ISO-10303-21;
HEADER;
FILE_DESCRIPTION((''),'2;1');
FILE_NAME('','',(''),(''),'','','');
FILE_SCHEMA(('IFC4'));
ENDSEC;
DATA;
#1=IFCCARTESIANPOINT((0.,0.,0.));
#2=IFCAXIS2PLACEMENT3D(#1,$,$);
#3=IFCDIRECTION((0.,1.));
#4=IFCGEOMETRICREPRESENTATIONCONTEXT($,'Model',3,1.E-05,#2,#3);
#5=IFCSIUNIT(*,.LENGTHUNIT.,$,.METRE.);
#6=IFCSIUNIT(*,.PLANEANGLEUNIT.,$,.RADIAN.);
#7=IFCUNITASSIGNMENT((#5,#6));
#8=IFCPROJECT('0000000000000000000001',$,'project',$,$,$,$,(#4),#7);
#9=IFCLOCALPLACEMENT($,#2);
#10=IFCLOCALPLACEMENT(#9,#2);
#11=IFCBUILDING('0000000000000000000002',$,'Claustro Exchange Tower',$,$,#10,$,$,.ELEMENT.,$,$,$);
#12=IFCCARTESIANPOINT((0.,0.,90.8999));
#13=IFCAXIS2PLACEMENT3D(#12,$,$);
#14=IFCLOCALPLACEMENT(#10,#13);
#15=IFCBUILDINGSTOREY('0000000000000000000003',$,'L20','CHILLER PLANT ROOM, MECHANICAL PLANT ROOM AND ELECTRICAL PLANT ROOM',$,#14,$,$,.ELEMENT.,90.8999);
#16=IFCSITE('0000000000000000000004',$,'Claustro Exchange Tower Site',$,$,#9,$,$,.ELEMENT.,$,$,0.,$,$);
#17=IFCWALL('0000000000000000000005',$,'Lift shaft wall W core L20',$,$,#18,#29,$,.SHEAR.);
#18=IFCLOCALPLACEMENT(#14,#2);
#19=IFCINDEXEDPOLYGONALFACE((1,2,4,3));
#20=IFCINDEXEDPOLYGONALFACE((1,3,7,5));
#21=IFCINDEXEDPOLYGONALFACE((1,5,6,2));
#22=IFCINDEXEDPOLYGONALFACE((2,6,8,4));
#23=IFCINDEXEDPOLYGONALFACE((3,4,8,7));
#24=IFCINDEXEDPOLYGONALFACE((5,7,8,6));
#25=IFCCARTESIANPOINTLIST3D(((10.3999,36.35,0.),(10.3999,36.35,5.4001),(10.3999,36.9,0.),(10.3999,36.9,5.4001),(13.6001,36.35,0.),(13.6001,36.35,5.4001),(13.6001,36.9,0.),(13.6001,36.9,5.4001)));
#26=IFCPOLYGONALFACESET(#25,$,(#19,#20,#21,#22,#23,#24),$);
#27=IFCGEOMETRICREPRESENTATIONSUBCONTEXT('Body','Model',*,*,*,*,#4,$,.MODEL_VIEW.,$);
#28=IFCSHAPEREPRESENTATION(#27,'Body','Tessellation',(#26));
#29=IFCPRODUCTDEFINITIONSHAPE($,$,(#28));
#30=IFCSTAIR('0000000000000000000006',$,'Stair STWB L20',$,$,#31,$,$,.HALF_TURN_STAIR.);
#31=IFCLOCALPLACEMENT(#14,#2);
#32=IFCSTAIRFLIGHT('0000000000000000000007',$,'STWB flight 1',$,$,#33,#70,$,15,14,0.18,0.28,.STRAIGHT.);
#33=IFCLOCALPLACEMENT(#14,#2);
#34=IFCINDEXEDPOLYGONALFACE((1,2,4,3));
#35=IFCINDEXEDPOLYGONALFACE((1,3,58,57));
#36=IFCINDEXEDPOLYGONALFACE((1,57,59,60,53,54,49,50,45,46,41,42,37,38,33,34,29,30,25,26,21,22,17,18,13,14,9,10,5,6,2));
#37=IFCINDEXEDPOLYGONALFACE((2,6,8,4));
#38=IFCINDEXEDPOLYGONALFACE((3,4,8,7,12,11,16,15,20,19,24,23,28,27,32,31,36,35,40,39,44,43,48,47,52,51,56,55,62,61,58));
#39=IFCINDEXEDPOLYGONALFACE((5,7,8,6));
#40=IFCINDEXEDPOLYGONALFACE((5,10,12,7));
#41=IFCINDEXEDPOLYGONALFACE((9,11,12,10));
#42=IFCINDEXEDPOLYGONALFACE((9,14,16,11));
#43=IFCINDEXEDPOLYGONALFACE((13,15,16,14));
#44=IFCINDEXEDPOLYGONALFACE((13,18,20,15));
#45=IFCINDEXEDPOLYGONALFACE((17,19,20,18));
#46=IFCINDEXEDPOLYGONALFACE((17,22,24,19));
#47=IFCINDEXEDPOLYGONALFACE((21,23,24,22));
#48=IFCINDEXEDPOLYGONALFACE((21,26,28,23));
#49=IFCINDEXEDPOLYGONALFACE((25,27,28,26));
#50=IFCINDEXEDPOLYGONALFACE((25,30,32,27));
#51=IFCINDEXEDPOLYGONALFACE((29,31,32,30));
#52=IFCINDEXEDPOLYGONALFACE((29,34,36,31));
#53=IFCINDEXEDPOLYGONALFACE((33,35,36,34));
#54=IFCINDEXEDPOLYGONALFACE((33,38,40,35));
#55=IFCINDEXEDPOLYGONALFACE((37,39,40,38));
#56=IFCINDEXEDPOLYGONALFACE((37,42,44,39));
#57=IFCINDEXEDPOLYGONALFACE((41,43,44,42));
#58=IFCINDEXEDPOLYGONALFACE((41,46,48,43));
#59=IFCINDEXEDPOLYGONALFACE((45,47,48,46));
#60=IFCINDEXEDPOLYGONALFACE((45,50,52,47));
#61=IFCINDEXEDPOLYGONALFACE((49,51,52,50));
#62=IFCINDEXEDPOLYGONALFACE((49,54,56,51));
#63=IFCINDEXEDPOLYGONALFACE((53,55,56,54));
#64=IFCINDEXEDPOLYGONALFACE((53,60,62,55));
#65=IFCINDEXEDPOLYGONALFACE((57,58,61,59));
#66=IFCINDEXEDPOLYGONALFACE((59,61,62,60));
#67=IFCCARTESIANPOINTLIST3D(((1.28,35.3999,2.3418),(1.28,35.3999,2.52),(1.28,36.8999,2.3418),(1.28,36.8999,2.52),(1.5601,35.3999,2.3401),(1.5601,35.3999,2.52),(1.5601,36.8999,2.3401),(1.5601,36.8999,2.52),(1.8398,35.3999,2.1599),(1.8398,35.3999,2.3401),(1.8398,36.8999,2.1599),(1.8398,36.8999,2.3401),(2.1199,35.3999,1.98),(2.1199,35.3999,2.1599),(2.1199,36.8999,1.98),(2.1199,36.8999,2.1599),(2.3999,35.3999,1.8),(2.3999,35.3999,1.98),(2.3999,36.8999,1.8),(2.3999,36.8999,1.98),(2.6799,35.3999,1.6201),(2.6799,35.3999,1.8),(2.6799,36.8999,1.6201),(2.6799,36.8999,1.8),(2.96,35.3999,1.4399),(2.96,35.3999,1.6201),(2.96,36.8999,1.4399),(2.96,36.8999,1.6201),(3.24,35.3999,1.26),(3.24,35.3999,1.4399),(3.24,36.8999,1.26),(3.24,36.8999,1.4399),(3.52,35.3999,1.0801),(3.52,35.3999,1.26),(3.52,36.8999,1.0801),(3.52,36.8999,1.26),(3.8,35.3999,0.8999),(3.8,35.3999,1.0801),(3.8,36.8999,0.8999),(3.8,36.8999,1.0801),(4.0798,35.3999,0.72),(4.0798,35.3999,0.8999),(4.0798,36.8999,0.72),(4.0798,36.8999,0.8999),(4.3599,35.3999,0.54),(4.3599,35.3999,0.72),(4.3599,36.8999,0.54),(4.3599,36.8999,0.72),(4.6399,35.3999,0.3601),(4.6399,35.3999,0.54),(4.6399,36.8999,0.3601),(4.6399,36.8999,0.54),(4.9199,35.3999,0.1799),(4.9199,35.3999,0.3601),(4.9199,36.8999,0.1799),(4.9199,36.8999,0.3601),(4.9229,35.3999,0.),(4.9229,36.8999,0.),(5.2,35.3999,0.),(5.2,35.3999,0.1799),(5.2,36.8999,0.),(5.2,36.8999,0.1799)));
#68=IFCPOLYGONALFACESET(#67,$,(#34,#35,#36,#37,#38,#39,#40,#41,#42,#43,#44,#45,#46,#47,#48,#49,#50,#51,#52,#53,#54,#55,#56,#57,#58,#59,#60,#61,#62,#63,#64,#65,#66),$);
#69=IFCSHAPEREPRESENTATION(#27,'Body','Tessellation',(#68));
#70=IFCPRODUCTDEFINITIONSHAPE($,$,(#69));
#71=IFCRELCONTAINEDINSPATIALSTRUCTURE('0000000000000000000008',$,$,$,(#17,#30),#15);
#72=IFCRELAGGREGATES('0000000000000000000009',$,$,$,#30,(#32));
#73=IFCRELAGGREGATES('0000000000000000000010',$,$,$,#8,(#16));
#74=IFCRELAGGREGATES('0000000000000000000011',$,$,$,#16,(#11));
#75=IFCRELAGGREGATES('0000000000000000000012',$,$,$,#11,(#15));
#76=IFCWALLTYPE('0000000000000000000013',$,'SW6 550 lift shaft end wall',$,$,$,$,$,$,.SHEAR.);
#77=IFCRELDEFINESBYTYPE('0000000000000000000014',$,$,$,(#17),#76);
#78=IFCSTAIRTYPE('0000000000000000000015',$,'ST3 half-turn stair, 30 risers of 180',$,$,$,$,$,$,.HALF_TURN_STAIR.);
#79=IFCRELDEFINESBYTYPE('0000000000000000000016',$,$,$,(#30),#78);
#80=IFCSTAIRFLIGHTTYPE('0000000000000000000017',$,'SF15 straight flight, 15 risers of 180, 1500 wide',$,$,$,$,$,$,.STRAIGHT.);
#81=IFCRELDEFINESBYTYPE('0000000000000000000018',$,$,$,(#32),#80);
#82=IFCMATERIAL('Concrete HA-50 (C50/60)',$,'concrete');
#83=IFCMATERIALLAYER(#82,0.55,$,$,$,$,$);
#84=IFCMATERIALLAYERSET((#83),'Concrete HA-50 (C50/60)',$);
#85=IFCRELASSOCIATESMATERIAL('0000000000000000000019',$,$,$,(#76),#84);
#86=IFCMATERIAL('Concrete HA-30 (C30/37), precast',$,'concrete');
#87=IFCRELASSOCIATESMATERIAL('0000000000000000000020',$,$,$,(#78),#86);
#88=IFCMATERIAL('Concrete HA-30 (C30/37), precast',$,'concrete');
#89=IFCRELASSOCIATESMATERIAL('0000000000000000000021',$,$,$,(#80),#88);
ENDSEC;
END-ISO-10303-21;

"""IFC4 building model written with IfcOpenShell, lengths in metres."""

from ifc_helpers import new_model, si_unit, direction, frame, frame_2d, origin, place, context, subcontext, project, spatial, polyline, rectangle, outline, extrude, material, layer, layer_set, type_object, element, aggregate, save


model = new_model("IFC4")

# Units and contexts
model_context = context("Model", 3, precision=1e-05, world=origin(), true_north=direction((0.0, 1.0)))
body_context = subcontext(model_context, "Body", "Model", "MODEL_VIEW")
ifc_project = project(units=[si_unit("LENGTHUNIT", "METRE"), si_unit("PLANEANGLEUNIT", "RADIAN")], contexts=[model_context])

# Site, building, storey
site_placement = place(None, origin())
site = spatial("IfcSite", under=ifc_project, at=site_placement, Name="Claustro Exchange Tower Site", CompositionType="ELEMENT", RefElevation=0.0)
building_placement = place(site_placement, origin())
building = spatial("IfcBuilding", under=site, at=building_placement, Name="Claustro Exchange Tower", CompositionType="ELEMENT")
storey_placement = place(building_placement, frame((0.0, 0.0, 90.8999)))
storey = spatial("IfcBuildingStorey", under=building, at=storey_placement, Name="L20", Description="CHILLER PLANT ROOM, MECHANICAL PLANT ROOM AND ELECTRICAL PLANT ROOM", CompositionType="ELEMENT", Elevation=90.8999)

# Wall
ifc_material_1 = material(Name="Concrete HA-50 (C50/60)", Category="concrete")
ifc_layer_1 = layer(ifc_material_1, 0.55)
ifc_layer_set_1 = layer_set([ifc_layer_1], Name="Concrete HA-50 (C50/60)")
wall_type_1 = type_object("IfcWallType", Name="SW6 550 lift shaft end wall", PredefinedType="SHEAR", material=ifc_layer_set_1)
wall_1_placement = place(storey_placement, frame((10.3999, 36.625, 0.0), z_axis=(0.0, 0.0, 1.0), x_axis=(1.0, 0.0, 0.0)))
element("IfcWall", 1, at=wall_1_placement, inside=storey, type_object=wall_type_1, Name="Lift shaft wall W core L20", PredefinedType="SHEAR", context=body_context, shape_type="SweptSolid", body=[
    extrude(rectangle(XDim=3.2002, YDim=0.55, at=frame_2d((1.6001, 0.0))), origin(), (0.0, 0.0, 1.0), 5.4001),
])

# Stair, stair flight
ifc_material_2 = material(Name="Concrete HA-30 (C30/37), precast", Category="concrete")
stair_type = type_object("IfcStairType", Name="ST3 half-turn stair, 30 risers of 180", PredefinedType="HALF_TURN_STAIR", material=ifc_material_2)
stair_placement = place(storey_placement, origin())
stair = element("IfcStair", 2, at=stair_placement, inside=storey, type_object=stair_type, Name="Stair STWB L20", PredefinedType="HALF_TURN_STAIR")
ifc_material_3 = material(Name="Concrete HA-30 (C30/37), precast", Category="concrete")
stair_flight_type = type_object("IfcStairFlightType", Name="SF15 straight flight, 15 risers of 180, 1500 wide", PredefinedType="STRAIGHT", material=ifc_material_3)
stair_flight_placement = place(storey_placement, frame((5.2, 36.1499, 0.0), z_axis=(0.0, 0.0, 1.0), x_axis=(-1.0, 0.0, 0.0)))
stair_flight = element("IfcStairFlight", 3, at=stair_flight_placement, type_object=stair_flight_type, Name="STWB flight 1", NumberOfRisers=15, NumberOfTreads=14, PredefinedType="STRAIGHT", RiserHeight=0.18, TreadLength=0.28, context=body_context, shape_type="SweptSolid", body=[
    extrude(outline(polyline([(0.0, 0.0), (0.0, 0.1799), (0.28, 0.1799), (0.28, 0.3601), (0.5601, 0.3601), (0.5601, 0.54), (0.8401, 0.54), (0.8401, 0.72), (1.1201, 0.72), (1.1201, 0.8999), (1.3999, 0.8999), (1.3999, 1.0801), (1.6799, 1.0801), (1.6799, 1.26), (1.96, 1.26), (1.96, 1.4399), (2.24, 1.4399), (2.24, 1.6201), (2.52, 1.6201), (2.52, 1.8), (2.8, 1.8), (2.8, 1.98), (3.0801, 1.98), (3.0801, 2.1599), (3.3601, 2.1599), (3.3601, 2.3401), (3.6399, 2.3401), (3.6399, 2.52), (3.9199, 2.52), (3.9199, 2.7), (3.9199, 2.3418), (0.2771, 0.0), (0.0, 0.0)])), frame((0.0, 0.75, 0.0), z_axis=(0.0, -1.0, 0.0), x_axis=(1.0, 0.0, 0.0)), (0.0, 0.0, 1.0), 1.5),
])
aggregate(stair, [stair_flight])

save(model, "model.ifc")
